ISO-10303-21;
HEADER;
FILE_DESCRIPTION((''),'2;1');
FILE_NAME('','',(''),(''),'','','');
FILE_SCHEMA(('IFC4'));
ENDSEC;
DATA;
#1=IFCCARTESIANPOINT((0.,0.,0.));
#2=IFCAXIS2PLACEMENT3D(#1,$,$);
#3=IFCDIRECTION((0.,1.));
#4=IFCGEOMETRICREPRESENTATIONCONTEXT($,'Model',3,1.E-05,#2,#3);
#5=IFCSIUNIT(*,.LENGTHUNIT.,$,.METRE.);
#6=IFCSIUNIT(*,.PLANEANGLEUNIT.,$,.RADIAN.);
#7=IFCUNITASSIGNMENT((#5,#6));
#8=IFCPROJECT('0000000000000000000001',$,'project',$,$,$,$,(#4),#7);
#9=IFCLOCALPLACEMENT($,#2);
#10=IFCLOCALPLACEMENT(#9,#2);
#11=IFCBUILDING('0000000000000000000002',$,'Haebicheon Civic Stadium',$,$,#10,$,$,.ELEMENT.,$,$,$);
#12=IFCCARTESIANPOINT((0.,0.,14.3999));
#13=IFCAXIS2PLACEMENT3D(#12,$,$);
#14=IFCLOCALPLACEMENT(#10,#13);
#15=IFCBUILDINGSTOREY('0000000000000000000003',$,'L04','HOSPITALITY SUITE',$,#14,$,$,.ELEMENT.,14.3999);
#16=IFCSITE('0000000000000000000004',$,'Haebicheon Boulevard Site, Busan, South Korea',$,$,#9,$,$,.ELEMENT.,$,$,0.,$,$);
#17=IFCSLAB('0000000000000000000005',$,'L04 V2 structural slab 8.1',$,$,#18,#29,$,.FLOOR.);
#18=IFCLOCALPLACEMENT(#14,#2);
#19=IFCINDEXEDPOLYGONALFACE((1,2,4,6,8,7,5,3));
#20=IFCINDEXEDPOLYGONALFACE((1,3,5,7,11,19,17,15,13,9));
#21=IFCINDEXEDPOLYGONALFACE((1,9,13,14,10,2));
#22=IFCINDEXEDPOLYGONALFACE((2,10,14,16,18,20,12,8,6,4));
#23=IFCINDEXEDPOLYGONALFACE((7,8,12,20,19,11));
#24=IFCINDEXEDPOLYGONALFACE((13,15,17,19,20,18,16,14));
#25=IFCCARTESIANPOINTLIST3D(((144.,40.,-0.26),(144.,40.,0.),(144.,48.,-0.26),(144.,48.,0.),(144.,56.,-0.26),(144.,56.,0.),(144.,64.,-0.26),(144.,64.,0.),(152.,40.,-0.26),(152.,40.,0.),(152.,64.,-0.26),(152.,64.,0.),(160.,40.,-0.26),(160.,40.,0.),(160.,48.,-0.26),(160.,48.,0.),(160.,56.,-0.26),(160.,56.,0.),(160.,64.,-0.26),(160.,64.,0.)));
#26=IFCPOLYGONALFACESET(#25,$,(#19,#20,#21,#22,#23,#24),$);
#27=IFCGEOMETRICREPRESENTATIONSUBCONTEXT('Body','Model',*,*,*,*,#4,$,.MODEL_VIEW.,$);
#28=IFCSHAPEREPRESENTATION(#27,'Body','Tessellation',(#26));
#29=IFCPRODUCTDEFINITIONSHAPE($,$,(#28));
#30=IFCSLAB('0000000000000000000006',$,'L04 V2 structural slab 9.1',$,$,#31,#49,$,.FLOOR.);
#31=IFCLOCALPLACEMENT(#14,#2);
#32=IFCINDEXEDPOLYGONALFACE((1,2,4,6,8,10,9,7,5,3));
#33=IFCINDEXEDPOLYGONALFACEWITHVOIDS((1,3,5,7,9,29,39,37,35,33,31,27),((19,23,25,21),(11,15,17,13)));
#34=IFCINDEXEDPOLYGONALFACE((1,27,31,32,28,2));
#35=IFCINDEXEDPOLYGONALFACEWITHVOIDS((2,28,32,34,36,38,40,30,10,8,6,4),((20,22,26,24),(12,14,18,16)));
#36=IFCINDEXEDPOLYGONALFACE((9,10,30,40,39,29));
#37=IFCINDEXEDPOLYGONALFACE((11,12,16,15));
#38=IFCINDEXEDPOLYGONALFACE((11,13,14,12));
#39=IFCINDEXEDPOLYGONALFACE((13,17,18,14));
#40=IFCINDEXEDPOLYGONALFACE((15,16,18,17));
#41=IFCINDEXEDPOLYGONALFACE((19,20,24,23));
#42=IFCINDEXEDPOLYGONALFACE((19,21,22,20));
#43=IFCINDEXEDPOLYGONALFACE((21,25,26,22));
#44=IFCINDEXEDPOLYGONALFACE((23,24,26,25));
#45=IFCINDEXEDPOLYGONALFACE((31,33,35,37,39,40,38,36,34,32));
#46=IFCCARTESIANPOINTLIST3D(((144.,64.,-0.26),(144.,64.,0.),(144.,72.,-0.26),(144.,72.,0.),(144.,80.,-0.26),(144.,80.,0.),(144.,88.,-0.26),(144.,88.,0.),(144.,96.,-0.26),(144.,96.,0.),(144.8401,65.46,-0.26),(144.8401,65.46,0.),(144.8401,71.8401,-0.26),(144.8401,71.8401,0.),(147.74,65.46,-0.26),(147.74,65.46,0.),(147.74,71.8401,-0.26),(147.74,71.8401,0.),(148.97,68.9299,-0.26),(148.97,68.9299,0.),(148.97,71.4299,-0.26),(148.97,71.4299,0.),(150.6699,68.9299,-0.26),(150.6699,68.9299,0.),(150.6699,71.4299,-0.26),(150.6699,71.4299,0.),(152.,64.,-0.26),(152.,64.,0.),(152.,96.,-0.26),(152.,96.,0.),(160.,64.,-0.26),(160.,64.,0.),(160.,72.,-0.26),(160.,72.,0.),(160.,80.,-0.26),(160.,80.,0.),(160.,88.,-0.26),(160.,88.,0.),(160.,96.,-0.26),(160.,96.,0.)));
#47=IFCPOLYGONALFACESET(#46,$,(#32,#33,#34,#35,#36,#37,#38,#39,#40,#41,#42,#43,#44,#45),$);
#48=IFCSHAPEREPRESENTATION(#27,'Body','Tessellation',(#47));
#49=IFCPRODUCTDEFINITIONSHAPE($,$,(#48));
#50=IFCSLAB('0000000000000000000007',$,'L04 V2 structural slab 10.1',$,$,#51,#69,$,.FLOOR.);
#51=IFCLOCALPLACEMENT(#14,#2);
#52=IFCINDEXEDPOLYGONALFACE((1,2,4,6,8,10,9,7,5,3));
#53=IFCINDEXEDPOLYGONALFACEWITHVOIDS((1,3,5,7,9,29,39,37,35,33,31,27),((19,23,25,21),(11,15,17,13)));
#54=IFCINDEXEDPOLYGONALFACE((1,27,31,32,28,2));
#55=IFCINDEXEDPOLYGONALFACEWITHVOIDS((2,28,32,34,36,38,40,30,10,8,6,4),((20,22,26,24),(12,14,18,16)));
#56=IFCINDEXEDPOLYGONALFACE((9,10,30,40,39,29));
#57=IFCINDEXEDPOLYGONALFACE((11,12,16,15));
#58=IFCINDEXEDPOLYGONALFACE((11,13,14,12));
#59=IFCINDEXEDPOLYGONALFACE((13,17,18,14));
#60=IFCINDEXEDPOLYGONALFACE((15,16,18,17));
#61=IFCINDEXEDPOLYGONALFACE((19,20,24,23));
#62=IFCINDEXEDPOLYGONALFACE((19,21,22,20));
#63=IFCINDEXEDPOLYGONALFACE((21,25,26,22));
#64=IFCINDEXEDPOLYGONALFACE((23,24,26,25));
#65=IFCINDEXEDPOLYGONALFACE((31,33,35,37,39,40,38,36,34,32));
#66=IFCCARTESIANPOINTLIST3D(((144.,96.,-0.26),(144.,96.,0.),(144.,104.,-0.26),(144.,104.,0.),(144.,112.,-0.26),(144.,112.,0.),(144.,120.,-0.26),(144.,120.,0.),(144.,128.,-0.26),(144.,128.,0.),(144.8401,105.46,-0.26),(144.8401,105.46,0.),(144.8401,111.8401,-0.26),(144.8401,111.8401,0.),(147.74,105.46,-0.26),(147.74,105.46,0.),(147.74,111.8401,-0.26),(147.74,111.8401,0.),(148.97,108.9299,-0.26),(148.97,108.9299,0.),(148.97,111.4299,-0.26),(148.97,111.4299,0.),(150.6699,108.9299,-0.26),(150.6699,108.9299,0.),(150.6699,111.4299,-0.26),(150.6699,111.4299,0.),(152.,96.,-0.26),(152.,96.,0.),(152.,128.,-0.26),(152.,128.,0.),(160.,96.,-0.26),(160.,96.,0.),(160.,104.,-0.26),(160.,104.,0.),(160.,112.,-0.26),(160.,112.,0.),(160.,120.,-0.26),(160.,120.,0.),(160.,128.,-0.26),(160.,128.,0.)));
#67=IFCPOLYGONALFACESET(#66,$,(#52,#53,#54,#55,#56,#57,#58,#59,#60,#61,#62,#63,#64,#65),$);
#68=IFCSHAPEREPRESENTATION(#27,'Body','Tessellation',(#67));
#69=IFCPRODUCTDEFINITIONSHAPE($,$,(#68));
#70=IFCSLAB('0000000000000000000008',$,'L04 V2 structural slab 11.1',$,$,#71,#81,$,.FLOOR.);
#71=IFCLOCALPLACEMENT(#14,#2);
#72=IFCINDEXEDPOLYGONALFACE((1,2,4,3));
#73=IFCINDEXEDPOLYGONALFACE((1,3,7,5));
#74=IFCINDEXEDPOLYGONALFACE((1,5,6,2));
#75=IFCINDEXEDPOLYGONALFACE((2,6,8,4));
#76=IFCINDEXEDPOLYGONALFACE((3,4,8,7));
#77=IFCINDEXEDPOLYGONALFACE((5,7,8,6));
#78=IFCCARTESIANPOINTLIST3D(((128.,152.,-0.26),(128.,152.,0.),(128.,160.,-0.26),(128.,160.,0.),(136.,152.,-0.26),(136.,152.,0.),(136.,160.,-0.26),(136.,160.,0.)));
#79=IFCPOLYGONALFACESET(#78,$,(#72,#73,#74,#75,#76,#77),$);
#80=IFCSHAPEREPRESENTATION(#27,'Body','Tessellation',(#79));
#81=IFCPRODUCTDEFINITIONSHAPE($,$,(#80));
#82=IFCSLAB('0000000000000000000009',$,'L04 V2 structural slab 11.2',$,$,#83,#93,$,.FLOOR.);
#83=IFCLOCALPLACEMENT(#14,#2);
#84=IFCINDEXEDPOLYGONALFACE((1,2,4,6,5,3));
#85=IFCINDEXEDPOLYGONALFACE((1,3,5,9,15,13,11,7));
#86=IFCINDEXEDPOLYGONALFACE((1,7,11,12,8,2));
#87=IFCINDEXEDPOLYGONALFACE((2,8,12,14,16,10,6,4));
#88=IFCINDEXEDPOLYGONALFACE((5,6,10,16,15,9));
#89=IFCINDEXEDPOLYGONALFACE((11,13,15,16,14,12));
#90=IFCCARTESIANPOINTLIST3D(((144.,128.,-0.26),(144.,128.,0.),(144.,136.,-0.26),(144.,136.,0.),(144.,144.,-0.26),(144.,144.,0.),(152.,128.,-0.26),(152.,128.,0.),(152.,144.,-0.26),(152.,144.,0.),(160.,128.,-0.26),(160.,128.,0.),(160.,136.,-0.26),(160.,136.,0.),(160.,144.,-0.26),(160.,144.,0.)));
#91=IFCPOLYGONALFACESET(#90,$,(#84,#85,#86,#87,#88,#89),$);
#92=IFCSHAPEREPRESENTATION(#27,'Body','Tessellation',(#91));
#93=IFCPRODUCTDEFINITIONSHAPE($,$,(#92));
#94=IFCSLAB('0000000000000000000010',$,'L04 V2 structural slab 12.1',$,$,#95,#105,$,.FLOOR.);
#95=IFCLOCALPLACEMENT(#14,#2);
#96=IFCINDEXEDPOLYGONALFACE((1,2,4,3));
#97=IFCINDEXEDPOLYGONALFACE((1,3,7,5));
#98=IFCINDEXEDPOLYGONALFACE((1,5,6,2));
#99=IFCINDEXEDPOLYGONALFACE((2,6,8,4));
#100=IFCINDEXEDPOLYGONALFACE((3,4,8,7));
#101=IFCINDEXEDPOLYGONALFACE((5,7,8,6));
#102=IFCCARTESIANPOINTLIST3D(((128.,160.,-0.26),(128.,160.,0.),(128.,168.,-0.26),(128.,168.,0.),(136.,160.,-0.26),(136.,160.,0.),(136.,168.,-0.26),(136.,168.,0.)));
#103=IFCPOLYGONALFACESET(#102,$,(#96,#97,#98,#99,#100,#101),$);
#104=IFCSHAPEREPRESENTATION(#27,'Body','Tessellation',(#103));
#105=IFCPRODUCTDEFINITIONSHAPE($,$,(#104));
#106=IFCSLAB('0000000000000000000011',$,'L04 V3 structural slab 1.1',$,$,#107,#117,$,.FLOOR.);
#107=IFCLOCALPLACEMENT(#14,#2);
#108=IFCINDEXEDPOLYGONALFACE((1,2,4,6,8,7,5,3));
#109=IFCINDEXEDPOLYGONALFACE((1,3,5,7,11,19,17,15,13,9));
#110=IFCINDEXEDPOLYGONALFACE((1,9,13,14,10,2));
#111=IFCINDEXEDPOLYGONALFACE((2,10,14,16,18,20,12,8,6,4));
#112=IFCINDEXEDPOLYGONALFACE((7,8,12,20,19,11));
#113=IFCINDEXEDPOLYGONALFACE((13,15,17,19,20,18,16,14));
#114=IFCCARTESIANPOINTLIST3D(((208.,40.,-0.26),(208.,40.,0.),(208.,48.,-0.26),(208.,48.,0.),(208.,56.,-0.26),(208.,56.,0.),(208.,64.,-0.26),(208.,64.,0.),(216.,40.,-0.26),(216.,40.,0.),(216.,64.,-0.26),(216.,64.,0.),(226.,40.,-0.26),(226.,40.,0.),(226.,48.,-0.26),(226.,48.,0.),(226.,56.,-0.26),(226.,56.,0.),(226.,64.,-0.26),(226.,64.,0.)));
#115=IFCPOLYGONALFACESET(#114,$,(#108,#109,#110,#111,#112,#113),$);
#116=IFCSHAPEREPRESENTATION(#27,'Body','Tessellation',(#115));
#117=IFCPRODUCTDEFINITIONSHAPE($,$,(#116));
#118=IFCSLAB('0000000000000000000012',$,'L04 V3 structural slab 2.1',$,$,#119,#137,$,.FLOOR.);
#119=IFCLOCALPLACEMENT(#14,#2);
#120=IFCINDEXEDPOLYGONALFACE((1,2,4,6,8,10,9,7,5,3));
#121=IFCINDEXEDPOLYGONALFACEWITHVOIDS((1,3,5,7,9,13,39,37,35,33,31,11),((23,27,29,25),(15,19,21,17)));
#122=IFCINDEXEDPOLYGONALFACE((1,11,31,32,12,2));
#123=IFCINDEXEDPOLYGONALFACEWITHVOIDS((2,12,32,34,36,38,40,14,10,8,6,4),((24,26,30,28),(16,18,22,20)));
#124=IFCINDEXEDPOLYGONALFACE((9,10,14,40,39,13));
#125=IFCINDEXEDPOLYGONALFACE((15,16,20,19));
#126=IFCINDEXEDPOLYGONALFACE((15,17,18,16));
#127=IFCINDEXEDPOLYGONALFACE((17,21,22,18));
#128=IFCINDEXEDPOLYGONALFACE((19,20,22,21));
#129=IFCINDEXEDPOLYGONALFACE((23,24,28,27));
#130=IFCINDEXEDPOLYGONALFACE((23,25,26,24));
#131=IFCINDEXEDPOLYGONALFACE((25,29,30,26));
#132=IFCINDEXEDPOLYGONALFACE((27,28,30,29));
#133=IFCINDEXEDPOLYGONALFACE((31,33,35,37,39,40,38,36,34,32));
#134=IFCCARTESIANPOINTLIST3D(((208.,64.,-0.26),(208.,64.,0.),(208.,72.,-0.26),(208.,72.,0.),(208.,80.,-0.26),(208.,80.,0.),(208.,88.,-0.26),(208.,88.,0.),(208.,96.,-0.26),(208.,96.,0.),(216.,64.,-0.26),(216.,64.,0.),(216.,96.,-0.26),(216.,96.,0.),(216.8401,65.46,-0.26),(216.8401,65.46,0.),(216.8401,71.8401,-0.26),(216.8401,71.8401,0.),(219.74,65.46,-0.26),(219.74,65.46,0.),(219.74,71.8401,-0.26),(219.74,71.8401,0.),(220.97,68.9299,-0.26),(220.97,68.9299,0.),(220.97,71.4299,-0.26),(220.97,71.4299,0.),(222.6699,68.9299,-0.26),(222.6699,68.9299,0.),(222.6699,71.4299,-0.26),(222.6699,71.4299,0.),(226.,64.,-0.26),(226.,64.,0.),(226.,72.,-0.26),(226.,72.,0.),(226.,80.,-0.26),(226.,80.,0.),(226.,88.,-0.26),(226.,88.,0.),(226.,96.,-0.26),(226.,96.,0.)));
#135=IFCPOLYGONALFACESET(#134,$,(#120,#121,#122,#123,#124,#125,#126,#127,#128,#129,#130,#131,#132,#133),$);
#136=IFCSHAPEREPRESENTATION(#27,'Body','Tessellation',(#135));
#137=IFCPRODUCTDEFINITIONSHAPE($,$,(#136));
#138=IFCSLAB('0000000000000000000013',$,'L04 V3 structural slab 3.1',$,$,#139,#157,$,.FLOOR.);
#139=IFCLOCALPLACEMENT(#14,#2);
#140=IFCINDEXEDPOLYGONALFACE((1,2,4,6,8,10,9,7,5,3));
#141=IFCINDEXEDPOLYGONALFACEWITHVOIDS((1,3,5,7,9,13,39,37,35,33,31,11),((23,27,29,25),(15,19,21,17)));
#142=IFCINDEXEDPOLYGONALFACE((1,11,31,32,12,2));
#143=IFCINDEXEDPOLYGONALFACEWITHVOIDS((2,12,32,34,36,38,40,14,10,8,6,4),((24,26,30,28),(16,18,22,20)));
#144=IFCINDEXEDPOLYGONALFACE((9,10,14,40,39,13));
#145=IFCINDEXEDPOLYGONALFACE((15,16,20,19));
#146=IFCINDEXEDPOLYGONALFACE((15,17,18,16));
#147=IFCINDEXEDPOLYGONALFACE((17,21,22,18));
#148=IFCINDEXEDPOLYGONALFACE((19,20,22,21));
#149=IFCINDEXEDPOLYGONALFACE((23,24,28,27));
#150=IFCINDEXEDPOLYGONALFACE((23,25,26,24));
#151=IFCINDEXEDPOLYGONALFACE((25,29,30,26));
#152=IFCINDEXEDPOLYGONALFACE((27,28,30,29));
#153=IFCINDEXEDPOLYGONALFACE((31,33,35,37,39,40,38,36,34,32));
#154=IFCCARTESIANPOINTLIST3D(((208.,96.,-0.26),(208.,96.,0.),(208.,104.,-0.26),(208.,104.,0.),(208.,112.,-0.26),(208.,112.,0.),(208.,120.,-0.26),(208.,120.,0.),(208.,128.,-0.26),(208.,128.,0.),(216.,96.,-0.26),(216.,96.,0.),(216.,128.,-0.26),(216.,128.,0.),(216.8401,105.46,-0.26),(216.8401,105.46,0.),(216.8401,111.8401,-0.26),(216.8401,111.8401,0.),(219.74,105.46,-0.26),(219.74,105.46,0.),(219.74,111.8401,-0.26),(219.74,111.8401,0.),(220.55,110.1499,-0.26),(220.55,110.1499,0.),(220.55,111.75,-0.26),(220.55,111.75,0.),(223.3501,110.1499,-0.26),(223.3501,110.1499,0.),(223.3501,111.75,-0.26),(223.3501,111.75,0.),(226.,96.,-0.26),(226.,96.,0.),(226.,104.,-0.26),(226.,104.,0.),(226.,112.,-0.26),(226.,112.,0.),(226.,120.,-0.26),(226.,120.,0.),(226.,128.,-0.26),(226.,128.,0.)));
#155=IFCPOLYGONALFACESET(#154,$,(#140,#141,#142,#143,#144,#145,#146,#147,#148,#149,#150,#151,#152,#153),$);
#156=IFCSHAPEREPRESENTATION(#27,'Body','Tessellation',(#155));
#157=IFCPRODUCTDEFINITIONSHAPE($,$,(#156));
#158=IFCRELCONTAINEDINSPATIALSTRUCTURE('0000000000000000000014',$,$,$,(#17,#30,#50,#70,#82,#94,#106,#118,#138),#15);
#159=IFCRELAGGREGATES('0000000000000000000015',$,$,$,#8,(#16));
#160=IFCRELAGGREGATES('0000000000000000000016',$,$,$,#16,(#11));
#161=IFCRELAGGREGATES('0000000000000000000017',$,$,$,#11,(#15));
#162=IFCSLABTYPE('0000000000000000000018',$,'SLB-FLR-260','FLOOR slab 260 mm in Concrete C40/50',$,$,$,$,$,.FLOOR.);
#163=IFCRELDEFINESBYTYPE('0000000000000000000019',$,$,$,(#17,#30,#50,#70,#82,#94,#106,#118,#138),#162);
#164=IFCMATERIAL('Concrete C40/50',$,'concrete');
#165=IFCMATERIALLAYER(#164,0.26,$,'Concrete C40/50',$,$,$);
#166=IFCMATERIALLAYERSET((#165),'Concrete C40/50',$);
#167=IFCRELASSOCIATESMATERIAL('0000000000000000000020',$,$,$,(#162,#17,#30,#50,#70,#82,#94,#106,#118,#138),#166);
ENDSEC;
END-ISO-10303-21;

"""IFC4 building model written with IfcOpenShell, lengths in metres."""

from ifc_helpers import new_model, si_unit, direction, frame, origin, place, context, subcontext, project, spatial, polyline, outline, extrude, material, layer, layer_set, type_object, element, save


model = new_model("IFC4")

# Units and contexts
model_context = context("Model", 3, precision=1e-05, world=origin(), true_north=direction((0.0, 1.0)))
body_context = subcontext(model_context, "Body", "Model", "MODEL_VIEW")
ifc_project = project(units=[si_unit("LENGTHUNIT", "METRE"), si_unit("PLANEANGLEUNIT", "RADIAN")], contexts=[model_context])

# Site, building, storey
site_placement = place(None, origin())
site = spatial("IfcSite", under=ifc_project, at=site_placement, Name="Haebicheon Boulevard Site, Busan, South Korea", CompositionType="ELEMENT", RefElevation=0.0)
building_placement = place(site_placement, origin())
building = spatial("IfcBuilding", under=site, at=building_placement, Name="Haebicheon Civic Stadium", CompositionType="ELEMENT")
storey_placement = place(building_placement, frame((0.0, 0.0, 14.3999)))
storey = spatial("IfcBuildingStorey", under=building, at=storey_placement, Name="L04", Description="HOSPITALITY SUITE", CompositionType="ELEMENT", Elevation=14.3999)

# Slabs
ifc_material_1 = material(Name="Concrete C40/50", Category="concrete")
ifc_layer_1 = layer(ifc_material_1, 0.26, Name="Concrete C40/50")
ifc_layer_set_1 = layer_set([ifc_layer_1], Name="Concrete C40/50")
slab_type_1 = type_object("IfcSlabType", Name="SLB-FLR-260", Description="FLOOR slab 260 mm in Concrete C40/50", PredefinedType="FLOOR", material=ifc_layer_set_1)
slab_1_placement = place(storey_placement, frame((0.0, 0.0, -0.26)))
element("IfcSlab", 1, at=slab_1_placement, inside=storey, type_object=slab_type_1, material=ifc_layer_set_1, Name="L04 V2 structural slab 8.1", PredefinedType="FLOOR", context=body_context, shape_type="SweptSolid", body=[
    extrude(outline(polyline([(144.0, 48.0), (144.0, 56.0), (144.0, 64.0), (152.0, 64.0), (160.0, 64.0), (160.0, 56.0), (160.0, 48.0), (160.0, 40.0), (152.0, 40.0), (144.0, 40.0), (144.0, 48.0)])), origin(), (0.0, 0.0, 1.0), 0.26),
])
slab_2_placement = place(storey_placement, frame((0.0, 0.0, -0.26)))
element("IfcSlab", 2, at=slab_2_placement, inside=storey, type_object=slab_type_1, material=ifc_layer_set_1, Name="L04 V2 structural slab 9.1", PredefinedType="FLOOR", context=body_context, shape_type="SweptSolid", body=[
    extrude(outline(polyline([(144.0, 80.0), (144.0, 88.0), (144.0, 96.0), (152.0, 96.0), (160.0, 96.0), (160.0, 88.0), (160.0, 80.0), (160.0, 72.0), (160.0, 64.0), (152.0, 64.0), (144.0, 64.0), (144.0, 72.0), (144.0, 80.0)]), holes=[polyline([(144.8401, 65.46), (147.74, 65.46), (147.74, 71.8401), (144.8401, 71.8401), (144.8401, 65.46)]), polyline([(148.97, 68.9299), (150.6699, 68.9299), (150.6699, 71.4299), (148.97, 71.4299), (148.97, 68.9299)])]), origin(), (0.0, 0.0, 1.0), 0.26),
])
slab_3_placement = place(storey_placement, frame((0.0, 0.0, -0.26)))
element("IfcSlab", 3, at=slab_3_placement, inside=storey, type_object=slab_type_1, material=ifc_layer_set_1, Name="L04 V2 structural slab 10.1", PredefinedType="FLOOR", context=body_context, shape_type="SweptSolid", body=[
    extrude(outline(polyline([(144.0, 112.0), (144.0, 120.0), (144.0, 128.0), (152.0, 128.0), (160.0, 128.0), (160.0, 120.0), (160.0, 112.0), (160.0, 104.0), (160.0, 96.0), (152.0, 96.0), (144.0, 96.0), (144.0, 104.0), (144.0, 112.0)]), holes=[polyline([(144.8401, 105.46), (147.74, 105.46), (147.74, 111.8401), (144.8401, 111.8401), (144.8401, 105.46)]), polyline([(148.97, 108.9299), (150.6699, 108.9299), (150.6699, 111.4299), (148.97, 111.4299), (148.97, 108.9299)])]), origin(), (0.0, 0.0, 1.0), 0.26),
])
slab_4_placement = place(storey_placement, frame((0.0, 0.0, -0.26)))
element("IfcSlab", 4, at=slab_4_placement, inside=storey, type_object=slab_type_1, material=ifc_layer_set_1, Name="L04 V2 structural slab 11.1", PredefinedType="FLOOR", context=body_context, shape_type="SweptSolid", body=[
    extrude(outline(polyline([(136.0, 160.0), (136.0, 152.0), (128.0, 152.0), (128.0, 160.0), (136.0, 160.0)])), origin(), (0.0, 0.0, 1.0), 0.26),
])
slab_5_placement = place(storey_placement, frame((0.0, 0.0, -0.26)))
element("IfcSlab", 5, at=slab_5_placement, inside=storey, type_object=slab_type_1, material=ifc_layer_set_1, Name="L04 V2 structural slab 11.2", PredefinedType="FLOOR", context=body_context, shape_type="SweptSolid", body=[
    extrude(outline(polyline([(144.0, 136.0), (144.0, 144.0), (152.0, 144.0), (160.0, 144.0), (160.0, 136.0), (160.0, 128.0), (152.0, 128.0), (144.0, 128.0), (144.0, 136.0)])), origin(), (0.0, 0.0, 1.0), 0.26),
])
slab_6_placement = place(storey_placement, frame((0.0, 0.0, -0.26)))
element("IfcSlab", 6, at=slab_6_placement, inside=storey, type_object=slab_type_1, material=ifc_layer_set_1, Name="L04 V2 structural slab 12.1", PredefinedType="FLOOR", context=body_context, shape_type="SweptSolid", body=[
    extrude(outline(polyline([(136.0, 160.0), (128.0, 160.0), (128.0, 168.0), (136.0, 168.0), (136.0, 160.0)])), origin(), (0.0, 0.0, 1.0), 0.26),
])
slab_7_placement = place(storey_placement, frame((0.0, 0.0, -0.26)))
element("IfcSlab", 7, at=slab_7_placement, inside=storey, type_object=slab_type_1, material=ifc_layer_set_1, Name="L04 V3 structural slab 1.1", PredefinedType="FLOOR", context=body_context, shape_type="SweptSolid", body=[
    extrude(outline(polyline([(208.0, 48.0), (208.0, 56.0), (208.0, 64.0), (216.0, 64.0), (226.0, 64.0), (226.0, 56.0), (226.0, 48.0), (226.0, 40.0), (216.0, 40.0), (208.0, 40.0), (208.0, 48.0)])), origin(), (0.0, 0.0, 1.0), 0.26),
])
slab_8_placement = place(storey_placement, frame((0.0, 0.0, -0.26)))
element("IfcSlab", 8, at=slab_8_placement, inside=storey, type_object=slab_type_1, material=ifc_layer_set_1, Name="L04 V3 structural slab 2.1", PredefinedType="FLOOR", context=body_context, shape_type="SweptSolid", body=[
    extrude(outline(polyline([(208.0, 80.0), (208.0, 88.0), (208.0, 96.0), (216.0, 96.0), (226.0, 96.0), (226.0, 88.0), (226.0, 80.0), (226.0, 72.0), (226.0, 64.0), (216.0, 64.0), (208.0, 64.0), (208.0, 72.0), (208.0, 80.0)]), holes=[polyline([(216.8401, 65.46), (219.74, 65.46), (219.74, 71.8401), (216.8401, 71.8401), (216.8401, 65.46)]), polyline([(220.97, 68.9299), (222.6699, 68.9299), (222.6699, 71.4299), (220.97, 71.4299), (220.97, 68.9299)])]), origin(), (0.0, 0.0, 1.0), 0.26),
])
slab_9_placement = place(storey_placement, frame((0.0, 0.0, -0.26)))
element("IfcSlab", 9, at=slab_9_placement, inside=storey, type_object=slab_type_1, material=ifc_layer_set_1, Name="L04 V3 structural slab 3.1", PredefinedType="FLOOR", context=body_context, shape_type="SweptSolid", body=[
    extrude(outline(polyline([(208.0, 112.0), (208.0, 120.0), (208.0, 128.0), (216.0, 128.0), (226.0, 128.0), (226.0, 120.0), (226.0, 112.0), (226.0, 104.0), (226.0, 96.0), (216.0, 96.0), (208.0, 96.0), (208.0, 104.0), (208.0, 112.0)]), holes=[polyline([(216.8401, 105.46), (219.74, 105.46), (219.74, 111.8401), (216.8401, 111.8401), (216.8401, 105.46)]), polyline([(220.55, 110.1499), (223.3501, 110.1499), (223.3501, 111.75), (220.55, 111.75), (220.55, 110.1499)])]), origin(), (0.0, 0.0, 1.0), 0.26),
])

save(model, "model.ifc")
